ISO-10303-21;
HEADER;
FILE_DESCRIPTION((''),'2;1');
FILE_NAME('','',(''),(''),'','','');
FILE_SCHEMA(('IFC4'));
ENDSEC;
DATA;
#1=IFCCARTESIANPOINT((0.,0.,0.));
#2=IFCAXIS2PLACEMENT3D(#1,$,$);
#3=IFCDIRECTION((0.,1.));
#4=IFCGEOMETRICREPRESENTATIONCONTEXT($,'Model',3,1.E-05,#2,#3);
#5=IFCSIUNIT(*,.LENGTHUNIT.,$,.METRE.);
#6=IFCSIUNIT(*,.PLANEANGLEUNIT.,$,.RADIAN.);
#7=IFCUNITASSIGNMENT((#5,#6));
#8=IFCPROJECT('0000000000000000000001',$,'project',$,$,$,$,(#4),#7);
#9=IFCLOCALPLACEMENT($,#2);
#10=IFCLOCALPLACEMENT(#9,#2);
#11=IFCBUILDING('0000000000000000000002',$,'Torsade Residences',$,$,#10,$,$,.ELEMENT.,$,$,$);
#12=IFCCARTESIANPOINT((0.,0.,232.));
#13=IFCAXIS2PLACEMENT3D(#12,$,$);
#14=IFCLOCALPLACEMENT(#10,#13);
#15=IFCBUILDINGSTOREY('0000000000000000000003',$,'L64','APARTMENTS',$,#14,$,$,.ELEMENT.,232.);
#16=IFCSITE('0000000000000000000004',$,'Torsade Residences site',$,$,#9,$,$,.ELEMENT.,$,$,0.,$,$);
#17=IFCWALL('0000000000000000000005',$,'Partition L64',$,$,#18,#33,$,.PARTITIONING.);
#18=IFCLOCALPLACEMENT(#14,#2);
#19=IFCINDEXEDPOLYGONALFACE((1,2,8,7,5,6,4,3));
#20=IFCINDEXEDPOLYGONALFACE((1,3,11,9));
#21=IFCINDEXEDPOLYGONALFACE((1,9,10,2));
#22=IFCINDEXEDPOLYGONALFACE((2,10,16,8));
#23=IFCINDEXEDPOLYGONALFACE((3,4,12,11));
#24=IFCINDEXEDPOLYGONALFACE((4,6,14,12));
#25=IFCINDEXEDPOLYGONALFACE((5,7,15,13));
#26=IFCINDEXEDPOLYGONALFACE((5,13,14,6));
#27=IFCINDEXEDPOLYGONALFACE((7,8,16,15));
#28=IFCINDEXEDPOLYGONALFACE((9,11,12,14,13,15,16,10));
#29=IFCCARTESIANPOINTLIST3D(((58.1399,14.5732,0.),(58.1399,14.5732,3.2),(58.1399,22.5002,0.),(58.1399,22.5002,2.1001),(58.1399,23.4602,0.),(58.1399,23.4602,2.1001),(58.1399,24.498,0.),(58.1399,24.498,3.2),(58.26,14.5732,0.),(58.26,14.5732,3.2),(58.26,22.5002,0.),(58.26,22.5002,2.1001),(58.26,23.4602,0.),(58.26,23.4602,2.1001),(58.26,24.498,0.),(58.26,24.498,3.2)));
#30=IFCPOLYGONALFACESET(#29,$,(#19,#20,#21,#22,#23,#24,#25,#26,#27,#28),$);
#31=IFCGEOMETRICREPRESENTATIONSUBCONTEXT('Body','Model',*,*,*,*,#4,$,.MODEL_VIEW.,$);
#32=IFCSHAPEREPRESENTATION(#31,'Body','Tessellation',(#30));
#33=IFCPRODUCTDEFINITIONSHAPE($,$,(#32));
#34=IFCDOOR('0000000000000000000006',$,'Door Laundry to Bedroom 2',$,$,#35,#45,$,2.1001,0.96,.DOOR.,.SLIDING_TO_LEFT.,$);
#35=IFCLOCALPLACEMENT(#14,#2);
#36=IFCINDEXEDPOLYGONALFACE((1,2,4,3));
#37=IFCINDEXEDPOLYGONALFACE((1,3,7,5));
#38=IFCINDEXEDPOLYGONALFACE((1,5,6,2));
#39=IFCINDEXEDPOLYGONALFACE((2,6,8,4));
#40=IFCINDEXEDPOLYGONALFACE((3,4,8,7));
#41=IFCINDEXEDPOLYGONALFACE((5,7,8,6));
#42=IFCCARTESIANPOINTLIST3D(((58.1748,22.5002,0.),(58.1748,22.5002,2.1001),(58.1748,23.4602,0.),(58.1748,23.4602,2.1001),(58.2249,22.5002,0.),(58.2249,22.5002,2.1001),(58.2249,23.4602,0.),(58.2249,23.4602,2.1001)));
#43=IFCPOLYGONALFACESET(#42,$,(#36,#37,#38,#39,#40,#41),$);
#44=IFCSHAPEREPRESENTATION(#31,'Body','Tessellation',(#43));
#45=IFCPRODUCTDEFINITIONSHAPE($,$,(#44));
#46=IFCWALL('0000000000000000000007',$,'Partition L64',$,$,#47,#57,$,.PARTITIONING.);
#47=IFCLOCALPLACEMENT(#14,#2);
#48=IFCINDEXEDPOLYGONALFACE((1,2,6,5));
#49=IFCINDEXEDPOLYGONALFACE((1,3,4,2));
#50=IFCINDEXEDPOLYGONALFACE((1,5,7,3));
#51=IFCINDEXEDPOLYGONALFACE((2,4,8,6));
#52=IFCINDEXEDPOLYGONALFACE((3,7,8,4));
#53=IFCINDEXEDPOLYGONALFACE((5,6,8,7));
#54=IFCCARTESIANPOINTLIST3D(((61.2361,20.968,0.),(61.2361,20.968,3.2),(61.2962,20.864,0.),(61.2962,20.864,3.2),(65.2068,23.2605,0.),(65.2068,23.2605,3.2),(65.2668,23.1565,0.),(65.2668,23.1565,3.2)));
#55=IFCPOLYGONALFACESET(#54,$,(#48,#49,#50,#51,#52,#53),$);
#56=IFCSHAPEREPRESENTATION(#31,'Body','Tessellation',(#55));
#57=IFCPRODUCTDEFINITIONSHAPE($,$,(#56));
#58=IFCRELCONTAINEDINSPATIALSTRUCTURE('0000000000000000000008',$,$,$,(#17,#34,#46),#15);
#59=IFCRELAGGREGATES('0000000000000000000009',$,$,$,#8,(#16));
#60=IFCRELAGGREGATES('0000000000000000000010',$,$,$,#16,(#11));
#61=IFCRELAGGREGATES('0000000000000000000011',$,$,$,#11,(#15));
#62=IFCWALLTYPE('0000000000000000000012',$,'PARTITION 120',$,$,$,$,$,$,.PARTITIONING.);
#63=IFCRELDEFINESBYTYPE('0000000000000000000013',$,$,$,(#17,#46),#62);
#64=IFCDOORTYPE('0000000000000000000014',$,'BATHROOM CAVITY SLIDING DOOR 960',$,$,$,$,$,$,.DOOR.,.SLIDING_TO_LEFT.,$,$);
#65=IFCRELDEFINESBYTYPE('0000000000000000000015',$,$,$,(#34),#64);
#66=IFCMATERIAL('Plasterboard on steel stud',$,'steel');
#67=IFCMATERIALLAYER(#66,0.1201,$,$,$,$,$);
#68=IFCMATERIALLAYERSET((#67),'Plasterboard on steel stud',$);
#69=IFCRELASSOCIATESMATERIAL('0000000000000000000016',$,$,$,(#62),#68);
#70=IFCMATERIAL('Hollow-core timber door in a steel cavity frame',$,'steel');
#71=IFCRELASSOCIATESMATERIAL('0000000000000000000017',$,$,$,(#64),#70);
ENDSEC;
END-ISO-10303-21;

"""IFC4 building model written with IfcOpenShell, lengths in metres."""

from ifc_helpers import new_model, si_unit, direction, frame, frame_2d, origin, place, context, subcontext, project, spatial, rectangle, extrude, material, layer, layer_set, type_object, element, fill, save


model = new_model("IFC4")

# Units and contexts
model_context = context("Model", 3, precision=1e-05, world=origin(), true_north=direction((0.0, 1.0)))
body_context = subcontext(model_context, "Body", "Model", "MODEL_VIEW")
ifc_project = project(units=[si_unit("LENGTHUNIT", "METRE"), si_unit("PLANEANGLEUNIT", "RADIAN")], contexts=[model_context])

# Site, building, storey
site_placement = place(None, origin())
site = spatial("IfcSite", under=ifc_project, at=site_placement, Name="Torsade Residences site", CompositionType="ELEMENT", RefElevation=0.0)
building_placement = place(site_placement, origin())
building = spatial("IfcBuilding", under=site, at=building_placement, Name="Torsade Residences", CompositionType="ELEMENT")
storey_placement = place(building_placement, frame((0.0, 0.0, 232.0)))
storey = spatial("IfcBuildingStorey", under=building, at=storey_placement, Name="L64", Description="APARTMENTS", CompositionType="ELEMENT", Elevation=232.0)

# Shared definitions
ifc_material_1 = material(Name="Plasterboard on steel stud", Category="steel")
ifc_layer_1 = layer(ifc_material_1, 0.1201)
ifc_layer_set_1 = layer_set([ifc_layer_1], Name="Plasterboard on steel stud")
wall_type_1 = type_object("IfcWallType", Name="PARTITION 120", PredefinedType="PARTITIONING", material=ifc_layer_set_1)
ifc_material_2 = material(Name="Hollow-core timber door in a steel cavity frame", Category="steel")
door_type_1 = type_object("IfcDoorType", Name="BATHROOM CAVITY SLIDING DOOR 960", OperationType="SLIDING_TO_LEFT", PredefinedType="DOOR", material=ifc_material_2)

# Wall, opening, door
wall_1_placement = place(storey_placement, frame((58.2, 24.498, 0.0), z_axis=(0.0, 0.0, 1.0), x_axis=(0.0, -1.0, 0.0)))
wall_1 = element("IfcWall", 1, at=wall_1_placement, inside=storey, type_object=wall_type_1, Name="Partition L64", PredefinedType="PARTITIONING", context=body_context, shape_type="SweptSolid", body=[
    extrude(rectangle(XDim=9.9248, YDim=0.1201, at=frame_2d((4.9624, 0.0))), origin(), (0.0, 0.0, 1.0), 3.2),
])
opening_1_placement = place(wall_1_placement, frame((1.0378, 0.0, 0.0)))
opening_1 = element("IfcOpeningElement", 2, at=opening_1_placement, cuts=wall_1, PredefinedType="OPENING", context=body_context, shape_type="SweptSolid", body=[
    extrude(rectangle(XDim=0.96, YDim=2.1001, at=frame_2d((0.48, 1.05))), frame((0.0, 0.0701, 0.0), z_axis=(0.0, -1.0, 0.0), x_axis=(1.0, 0.0, 0.0)), (0.0, 0.0, 1.0), 0.1401),
])
door_1_placement = place(opening_1_placement, origin())
door_1 = element("IfcDoor", 3, at=door_1_placement, inside=storey, type_object=door_type_1, Name="Door Laundry to Bedroom 2", OperationType="SLIDING_TO_LEFT", OverallHeight=2.1001, OverallWidth=0.96, PredefinedType="DOOR", context=body_context, shape_type="SweptSolid", body=[
    extrude(rectangle(XDim=0.96, YDim=2.1001, at=frame_2d((0.48, 1.05))), frame((0.0, 0.0249, 0.0), z_axis=(0.0, -1.0, 0.0), x_axis=(1.0, 0.0, 0.0)), (0.0, 0.0, 1.0), 0.05),
])
fill(opening_1, door_1)

# Wall
wall_2_placement = place(storey_placement, frame((65.2368, 23.2085, 0.0), z_axis=(0.0, 0.0, 1.0), x_axis=(-0.866026, -0.499999, 0.0)))
element("IfcWall", 4, at=wall_2_placement, inside=storey, type_object=wall_type_1, Name="Partition L64", PredefinedType="PARTITIONING", context=body_context, shape_type="SweptSolid", body=[
    extrude(rectangle(XDim=4.585, YDim=0.1201, at=frame_2d((2.2925, 0.0))), origin(), (0.0, 0.0, 1.0), 3.2),
])

save(model, "model.ifc")
